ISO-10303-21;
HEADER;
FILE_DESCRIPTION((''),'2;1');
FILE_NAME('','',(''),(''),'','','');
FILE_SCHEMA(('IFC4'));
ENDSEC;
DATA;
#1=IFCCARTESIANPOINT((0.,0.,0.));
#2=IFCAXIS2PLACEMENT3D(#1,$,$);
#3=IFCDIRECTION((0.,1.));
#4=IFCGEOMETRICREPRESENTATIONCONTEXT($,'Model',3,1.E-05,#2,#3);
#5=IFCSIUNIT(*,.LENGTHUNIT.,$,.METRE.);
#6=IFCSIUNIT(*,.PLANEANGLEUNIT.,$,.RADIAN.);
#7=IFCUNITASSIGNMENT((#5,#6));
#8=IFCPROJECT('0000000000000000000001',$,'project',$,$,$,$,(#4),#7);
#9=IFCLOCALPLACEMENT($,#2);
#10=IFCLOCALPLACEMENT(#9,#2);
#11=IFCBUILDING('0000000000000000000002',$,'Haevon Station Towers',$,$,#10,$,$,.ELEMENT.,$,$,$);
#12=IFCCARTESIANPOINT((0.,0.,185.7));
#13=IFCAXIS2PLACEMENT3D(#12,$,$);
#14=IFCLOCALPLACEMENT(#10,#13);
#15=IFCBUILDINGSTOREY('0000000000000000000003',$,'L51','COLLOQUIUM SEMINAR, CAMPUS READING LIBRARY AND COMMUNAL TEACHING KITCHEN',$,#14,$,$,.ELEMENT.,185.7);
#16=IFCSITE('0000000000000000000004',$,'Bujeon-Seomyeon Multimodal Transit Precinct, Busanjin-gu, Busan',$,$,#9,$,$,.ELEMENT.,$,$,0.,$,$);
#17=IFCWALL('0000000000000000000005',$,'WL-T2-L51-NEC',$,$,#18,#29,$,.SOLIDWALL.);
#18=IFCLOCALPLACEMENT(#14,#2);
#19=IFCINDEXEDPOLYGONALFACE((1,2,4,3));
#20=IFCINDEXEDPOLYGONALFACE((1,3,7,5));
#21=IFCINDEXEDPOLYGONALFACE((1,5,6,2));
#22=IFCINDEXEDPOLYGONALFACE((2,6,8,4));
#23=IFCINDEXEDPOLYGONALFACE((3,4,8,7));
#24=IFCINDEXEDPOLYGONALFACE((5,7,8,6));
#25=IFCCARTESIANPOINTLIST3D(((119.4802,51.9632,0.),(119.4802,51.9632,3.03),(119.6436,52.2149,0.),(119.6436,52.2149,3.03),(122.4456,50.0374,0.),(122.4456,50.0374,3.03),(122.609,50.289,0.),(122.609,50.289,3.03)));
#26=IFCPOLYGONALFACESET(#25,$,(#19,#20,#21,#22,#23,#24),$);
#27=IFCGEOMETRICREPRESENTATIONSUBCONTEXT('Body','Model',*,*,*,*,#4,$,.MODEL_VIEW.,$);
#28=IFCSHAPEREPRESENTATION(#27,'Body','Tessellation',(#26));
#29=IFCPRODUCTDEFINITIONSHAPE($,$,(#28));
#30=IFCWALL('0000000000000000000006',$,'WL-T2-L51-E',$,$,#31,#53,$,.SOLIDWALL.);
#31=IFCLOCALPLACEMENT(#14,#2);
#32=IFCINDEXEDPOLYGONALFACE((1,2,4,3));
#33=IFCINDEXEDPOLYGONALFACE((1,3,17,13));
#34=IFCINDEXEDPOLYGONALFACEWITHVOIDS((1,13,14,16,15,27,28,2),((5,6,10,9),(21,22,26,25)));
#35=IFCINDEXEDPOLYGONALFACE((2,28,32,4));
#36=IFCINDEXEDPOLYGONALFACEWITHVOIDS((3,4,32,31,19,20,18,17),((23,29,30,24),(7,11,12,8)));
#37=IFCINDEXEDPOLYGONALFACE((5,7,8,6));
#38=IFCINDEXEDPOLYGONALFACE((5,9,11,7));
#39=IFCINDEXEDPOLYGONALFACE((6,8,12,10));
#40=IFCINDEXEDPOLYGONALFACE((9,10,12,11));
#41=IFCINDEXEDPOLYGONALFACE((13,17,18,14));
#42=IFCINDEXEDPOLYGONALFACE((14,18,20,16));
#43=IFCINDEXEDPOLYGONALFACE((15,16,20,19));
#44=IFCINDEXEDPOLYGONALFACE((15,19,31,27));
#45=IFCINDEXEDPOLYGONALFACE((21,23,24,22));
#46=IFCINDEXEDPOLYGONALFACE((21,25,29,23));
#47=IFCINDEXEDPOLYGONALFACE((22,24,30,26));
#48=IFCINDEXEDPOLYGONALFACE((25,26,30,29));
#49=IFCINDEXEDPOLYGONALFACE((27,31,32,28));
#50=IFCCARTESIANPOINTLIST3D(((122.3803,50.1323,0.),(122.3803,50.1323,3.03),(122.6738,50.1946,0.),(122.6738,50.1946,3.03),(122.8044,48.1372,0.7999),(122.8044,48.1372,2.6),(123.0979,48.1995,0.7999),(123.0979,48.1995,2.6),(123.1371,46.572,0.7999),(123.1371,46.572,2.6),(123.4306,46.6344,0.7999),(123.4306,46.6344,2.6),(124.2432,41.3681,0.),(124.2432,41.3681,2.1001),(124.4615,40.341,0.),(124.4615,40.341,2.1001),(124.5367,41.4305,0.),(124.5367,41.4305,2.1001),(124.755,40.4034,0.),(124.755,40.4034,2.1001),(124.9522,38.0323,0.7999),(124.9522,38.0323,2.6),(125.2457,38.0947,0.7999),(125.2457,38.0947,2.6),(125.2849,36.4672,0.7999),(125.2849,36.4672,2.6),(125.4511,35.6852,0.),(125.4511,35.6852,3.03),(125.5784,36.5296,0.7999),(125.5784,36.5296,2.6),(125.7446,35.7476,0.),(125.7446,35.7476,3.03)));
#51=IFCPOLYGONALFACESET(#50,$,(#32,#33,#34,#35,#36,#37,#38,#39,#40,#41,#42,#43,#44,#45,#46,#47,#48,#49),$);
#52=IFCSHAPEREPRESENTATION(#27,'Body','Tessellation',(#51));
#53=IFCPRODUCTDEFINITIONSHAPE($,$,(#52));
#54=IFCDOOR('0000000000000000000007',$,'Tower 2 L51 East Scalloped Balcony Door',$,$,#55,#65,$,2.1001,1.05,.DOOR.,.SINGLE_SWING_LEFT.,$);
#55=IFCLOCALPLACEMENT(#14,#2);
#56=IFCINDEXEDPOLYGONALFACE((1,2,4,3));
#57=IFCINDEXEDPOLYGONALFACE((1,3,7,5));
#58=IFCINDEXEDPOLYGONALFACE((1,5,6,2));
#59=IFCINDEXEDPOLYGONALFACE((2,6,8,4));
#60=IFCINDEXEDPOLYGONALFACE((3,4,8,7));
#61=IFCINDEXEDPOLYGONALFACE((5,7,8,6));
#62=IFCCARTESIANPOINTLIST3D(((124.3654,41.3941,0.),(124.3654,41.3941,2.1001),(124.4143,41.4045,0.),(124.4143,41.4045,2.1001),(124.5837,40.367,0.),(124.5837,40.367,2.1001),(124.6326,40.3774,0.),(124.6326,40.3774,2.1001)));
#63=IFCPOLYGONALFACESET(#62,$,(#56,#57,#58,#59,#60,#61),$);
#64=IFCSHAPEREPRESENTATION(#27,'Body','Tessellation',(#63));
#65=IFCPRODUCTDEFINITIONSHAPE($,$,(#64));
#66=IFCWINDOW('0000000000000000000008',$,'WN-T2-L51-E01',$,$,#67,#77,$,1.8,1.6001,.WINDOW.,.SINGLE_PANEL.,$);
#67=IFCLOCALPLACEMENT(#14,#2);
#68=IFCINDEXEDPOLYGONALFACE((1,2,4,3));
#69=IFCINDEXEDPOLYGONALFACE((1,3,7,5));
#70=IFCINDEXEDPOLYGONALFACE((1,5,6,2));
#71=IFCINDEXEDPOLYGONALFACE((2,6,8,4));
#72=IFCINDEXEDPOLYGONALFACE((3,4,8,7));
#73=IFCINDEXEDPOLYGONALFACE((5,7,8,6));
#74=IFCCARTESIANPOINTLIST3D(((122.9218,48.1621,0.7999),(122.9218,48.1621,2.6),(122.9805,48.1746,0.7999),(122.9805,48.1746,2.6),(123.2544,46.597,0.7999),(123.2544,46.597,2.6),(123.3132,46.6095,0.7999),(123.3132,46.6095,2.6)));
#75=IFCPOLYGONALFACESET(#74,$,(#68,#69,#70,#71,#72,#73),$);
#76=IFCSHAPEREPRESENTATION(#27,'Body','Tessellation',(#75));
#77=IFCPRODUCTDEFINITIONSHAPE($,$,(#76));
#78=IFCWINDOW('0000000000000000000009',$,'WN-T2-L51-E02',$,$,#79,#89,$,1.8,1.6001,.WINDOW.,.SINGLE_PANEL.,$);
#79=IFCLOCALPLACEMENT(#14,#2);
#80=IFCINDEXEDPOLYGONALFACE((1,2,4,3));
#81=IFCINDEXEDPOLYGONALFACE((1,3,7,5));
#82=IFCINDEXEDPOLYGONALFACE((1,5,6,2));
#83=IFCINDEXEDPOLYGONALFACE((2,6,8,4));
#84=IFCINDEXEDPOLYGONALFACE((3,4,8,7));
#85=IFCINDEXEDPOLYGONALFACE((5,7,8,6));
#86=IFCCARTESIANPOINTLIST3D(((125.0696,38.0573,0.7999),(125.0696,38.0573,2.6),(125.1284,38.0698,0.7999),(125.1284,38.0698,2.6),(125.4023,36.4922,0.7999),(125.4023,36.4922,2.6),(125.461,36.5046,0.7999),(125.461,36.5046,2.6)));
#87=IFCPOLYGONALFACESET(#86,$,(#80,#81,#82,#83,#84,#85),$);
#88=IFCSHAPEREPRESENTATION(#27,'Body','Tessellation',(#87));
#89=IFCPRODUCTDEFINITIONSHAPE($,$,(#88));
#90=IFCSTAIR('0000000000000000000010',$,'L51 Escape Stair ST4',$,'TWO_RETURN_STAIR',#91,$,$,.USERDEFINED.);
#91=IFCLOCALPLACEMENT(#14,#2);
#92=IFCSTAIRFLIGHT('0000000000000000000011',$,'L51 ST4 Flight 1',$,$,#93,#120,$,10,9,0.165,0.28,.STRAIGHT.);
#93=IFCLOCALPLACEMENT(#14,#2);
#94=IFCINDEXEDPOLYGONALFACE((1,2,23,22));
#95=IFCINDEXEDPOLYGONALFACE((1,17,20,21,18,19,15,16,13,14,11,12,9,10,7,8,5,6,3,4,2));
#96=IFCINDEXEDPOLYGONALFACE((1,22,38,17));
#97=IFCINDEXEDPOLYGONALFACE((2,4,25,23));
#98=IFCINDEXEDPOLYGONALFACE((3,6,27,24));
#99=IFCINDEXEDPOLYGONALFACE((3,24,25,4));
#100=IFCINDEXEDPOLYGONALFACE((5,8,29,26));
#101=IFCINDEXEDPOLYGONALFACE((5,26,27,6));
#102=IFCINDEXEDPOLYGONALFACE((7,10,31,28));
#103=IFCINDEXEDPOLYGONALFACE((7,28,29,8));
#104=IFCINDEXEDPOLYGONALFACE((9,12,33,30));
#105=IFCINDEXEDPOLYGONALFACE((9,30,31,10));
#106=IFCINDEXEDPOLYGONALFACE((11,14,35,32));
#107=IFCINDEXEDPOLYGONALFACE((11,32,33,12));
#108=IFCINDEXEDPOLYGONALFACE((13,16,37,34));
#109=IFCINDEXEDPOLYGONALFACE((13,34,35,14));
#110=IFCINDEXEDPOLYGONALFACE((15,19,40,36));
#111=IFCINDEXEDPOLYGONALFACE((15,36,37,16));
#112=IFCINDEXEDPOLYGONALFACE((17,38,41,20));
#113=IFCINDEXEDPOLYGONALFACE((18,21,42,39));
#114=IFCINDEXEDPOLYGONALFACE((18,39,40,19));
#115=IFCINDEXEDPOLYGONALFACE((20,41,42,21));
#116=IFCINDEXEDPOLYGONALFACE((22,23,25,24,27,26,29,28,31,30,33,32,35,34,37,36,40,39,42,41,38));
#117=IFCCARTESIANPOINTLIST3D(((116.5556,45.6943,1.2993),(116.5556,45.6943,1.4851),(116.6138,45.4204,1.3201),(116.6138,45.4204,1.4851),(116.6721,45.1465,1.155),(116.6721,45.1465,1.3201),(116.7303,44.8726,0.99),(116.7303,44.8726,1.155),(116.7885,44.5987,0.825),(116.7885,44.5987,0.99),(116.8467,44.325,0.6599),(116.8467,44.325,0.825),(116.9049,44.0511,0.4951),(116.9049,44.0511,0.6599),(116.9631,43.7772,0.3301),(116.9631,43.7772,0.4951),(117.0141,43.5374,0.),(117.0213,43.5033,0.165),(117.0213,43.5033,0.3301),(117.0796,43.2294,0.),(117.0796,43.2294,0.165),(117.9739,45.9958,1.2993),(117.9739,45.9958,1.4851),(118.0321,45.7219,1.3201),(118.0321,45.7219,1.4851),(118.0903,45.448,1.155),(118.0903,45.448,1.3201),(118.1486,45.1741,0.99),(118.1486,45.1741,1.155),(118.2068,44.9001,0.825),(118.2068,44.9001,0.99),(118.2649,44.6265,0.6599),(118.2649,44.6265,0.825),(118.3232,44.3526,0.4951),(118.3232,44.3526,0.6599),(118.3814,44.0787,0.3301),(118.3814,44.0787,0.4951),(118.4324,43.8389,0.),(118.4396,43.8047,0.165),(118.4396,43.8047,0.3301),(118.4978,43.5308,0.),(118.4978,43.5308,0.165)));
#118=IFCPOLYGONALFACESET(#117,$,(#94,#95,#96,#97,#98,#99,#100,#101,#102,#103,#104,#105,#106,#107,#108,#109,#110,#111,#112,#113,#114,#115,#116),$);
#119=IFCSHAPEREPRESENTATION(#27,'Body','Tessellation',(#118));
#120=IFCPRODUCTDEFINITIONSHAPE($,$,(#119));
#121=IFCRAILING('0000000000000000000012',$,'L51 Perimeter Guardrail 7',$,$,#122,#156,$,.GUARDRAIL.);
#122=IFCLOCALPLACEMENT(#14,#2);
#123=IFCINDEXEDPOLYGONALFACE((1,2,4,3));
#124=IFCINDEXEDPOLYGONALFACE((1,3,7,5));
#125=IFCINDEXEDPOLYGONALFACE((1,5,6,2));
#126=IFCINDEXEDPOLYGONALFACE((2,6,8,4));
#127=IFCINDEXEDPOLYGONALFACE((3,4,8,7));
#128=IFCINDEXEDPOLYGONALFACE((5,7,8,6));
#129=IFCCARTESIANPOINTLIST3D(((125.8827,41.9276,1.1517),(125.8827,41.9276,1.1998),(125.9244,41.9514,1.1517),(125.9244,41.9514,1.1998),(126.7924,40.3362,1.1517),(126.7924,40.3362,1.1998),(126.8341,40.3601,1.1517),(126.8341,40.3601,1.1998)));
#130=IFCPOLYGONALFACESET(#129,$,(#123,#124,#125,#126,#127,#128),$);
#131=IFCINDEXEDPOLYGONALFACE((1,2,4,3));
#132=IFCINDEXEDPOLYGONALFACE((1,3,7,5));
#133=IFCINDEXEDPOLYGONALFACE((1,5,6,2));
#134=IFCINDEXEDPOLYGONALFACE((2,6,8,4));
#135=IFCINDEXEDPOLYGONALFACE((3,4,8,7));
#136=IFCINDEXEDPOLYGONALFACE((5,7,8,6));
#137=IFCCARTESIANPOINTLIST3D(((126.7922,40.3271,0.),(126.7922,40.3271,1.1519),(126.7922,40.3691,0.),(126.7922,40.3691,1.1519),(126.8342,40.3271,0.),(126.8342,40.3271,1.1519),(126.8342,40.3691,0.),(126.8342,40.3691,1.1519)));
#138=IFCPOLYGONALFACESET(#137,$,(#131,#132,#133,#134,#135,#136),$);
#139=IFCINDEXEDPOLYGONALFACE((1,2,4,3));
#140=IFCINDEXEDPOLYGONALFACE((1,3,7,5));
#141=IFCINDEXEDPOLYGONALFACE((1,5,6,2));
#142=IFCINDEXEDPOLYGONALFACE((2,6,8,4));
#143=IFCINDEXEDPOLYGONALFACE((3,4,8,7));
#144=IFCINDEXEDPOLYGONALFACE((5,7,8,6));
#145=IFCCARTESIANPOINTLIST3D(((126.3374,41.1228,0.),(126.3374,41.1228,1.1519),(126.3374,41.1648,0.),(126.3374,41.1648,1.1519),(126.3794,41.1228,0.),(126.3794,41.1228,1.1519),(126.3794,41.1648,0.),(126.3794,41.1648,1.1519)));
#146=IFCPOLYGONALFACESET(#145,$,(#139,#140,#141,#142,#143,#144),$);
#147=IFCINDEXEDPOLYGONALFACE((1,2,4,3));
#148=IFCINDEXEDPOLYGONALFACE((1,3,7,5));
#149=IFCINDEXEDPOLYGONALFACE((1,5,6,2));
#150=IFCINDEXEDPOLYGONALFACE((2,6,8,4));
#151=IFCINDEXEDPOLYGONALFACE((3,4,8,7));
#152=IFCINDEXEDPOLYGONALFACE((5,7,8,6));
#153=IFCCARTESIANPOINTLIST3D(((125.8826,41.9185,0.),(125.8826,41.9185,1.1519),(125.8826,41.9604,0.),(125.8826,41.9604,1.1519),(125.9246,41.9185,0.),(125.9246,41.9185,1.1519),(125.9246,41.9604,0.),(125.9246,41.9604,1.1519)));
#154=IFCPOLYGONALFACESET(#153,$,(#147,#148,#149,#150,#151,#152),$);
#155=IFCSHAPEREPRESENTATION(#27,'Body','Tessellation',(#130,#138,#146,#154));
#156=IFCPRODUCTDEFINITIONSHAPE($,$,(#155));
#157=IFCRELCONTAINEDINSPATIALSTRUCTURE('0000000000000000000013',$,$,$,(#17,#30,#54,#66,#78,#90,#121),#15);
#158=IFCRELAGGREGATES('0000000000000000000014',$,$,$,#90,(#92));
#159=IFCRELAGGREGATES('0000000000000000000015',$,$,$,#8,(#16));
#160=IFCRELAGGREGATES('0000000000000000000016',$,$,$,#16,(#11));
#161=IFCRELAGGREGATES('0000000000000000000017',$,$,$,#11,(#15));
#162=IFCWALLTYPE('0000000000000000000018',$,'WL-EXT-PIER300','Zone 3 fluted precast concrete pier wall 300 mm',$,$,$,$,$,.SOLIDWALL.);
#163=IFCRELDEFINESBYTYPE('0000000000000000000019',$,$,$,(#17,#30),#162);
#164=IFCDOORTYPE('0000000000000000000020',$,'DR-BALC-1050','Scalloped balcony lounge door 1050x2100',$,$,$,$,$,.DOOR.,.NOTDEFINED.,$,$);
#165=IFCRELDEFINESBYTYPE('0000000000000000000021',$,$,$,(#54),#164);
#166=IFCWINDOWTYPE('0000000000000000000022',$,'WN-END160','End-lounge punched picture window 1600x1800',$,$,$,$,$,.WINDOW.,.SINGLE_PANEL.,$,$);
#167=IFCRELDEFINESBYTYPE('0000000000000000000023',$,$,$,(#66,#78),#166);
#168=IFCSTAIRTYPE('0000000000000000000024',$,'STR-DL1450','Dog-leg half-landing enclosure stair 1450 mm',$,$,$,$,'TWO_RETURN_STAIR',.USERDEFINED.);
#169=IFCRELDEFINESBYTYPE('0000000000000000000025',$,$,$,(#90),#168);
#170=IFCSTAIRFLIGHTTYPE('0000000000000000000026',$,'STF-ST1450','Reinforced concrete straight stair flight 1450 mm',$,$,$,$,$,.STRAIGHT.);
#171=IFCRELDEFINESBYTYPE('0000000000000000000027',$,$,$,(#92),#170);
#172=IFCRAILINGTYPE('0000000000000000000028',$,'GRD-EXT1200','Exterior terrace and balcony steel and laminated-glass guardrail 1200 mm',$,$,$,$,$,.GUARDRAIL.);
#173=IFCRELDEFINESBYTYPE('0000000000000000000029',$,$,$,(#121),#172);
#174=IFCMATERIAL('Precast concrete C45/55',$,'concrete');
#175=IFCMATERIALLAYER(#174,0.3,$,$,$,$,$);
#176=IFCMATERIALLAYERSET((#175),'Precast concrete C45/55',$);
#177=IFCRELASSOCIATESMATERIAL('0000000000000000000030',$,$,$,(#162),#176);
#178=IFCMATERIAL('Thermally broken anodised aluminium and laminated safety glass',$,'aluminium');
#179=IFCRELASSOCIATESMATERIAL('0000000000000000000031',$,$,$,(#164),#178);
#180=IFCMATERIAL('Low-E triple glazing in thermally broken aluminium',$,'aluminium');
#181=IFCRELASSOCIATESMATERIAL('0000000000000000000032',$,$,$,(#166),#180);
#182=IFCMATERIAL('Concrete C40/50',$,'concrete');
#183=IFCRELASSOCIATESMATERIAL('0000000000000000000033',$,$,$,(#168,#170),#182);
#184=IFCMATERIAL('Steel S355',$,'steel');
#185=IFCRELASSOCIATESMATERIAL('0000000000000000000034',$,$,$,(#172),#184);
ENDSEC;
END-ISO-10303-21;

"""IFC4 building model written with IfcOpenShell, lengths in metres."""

from ifc_helpers import new_model, si_unit, direction, frame, frame_2d, origin, origin_2d, place, context, subcontext, project, spatial, polyline, rectangle, outline, extrude, material, layer, layer_set, type_object, element, fill, aggregate, save


model = new_model("IFC4")

# Units and contexts
model_context = context("Model", 3, precision=1e-05, world=origin(), true_north=direction((0.0, 1.0)))
body_context = subcontext(model_context, "Body", "Model", "MODEL_VIEW")
ifc_project = project(units=[si_unit("LENGTHUNIT", "METRE"), si_unit("PLANEANGLEUNIT", "RADIAN")], contexts=[model_context])

# Site, building, storey
site_placement = place(None, origin())
site = spatial("IfcSite", under=ifc_project, at=site_placement, Name="Bujeon-Seomyeon Multimodal Transit Precinct, Busanjin-gu, Busan", CompositionType="ELEMENT", RefElevation=0.0)
building_placement = place(site_placement, origin())
building = spatial("IfcBuilding", under=site, at=building_placement, Name="Haevon Station Towers", CompositionType="ELEMENT")
storey_placement = place(building_placement, frame((0.0, 0.0, 185.7)))
storey = spatial("IfcBuildingStorey", under=building, at=storey_placement, Name="L51", Description="COLLOQUIUM SEMINAR, CAMPUS READING LIBRARY AND COMMUNAL TEACHING KITCHEN", CompositionType="ELEMENT", Elevation=185.7)

# Shared definitions
ifc_material_1 = material(Name="Steel S355", Category="steel")

# Wall
ifc_material_2 = material(Name="Precast concrete C45/55", Category="concrete")
ifc_layer_1 = layer(ifc_material_2, 0.3)
ifc_layer_set_1 = layer_set([ifc_layer_1], Name="Precast concrete C45/55")
wall_type_1 = type_object("IfcWallType", Name="WL-EXT-PIER300", Description="Zone 3 fluted precast concrete pier wall 300 mm", PredefinedType="SOLIDWALL", material=ifc_layer_set_1)
wall_1_placement = place(storey_placement, frame((119.5618, 52.0891, 0.0), z_axis=(0.0, 0.0, 1.0), x_axis=(0.838661, -0.544653, 0.0)))
element("IfcWall", 1, at=wall_1_placement, inside=storey, type_object=wall_type_1, Name="WL-T2-L51-NEC", PredefinedType="SOLIDWALL", context=body_context, shape_type="SweptSolid", body=[
    extrude(rectangle(XDim=3.5359, YDim=0.3, at=frame_2d((1.7681, 0.0))), origin(), (0.0, 0.0, 1.0), 3.03),
])

# Wall, openings, door, windows
wall_2_placement = place(storey_placement, frame((122.5271, 50.1633, 0.0), z_axis=(0.0, 0.0, 1.0), x_axis=(0.207911, -0.978148, 0.0)))
wall_2 = element("IfcWall", 2, at=wall_2_placement, inside=storey, type_object=wall_type_1, Name="WL-T2-L51-E", PredefinedType="SOLIDWALL", context=body_context, shape_type="SweptSolid", body=[
    extrude(rectangle(XDim=14.7698, YDim=0.3, at=frame_2d((7.3848, 0.0))), origin(), (0.0, 0.0, 1.0), 3.03),
])
opening_1_placement = place(wall_2_placement, frame((8.96, 0.0, 0.0)))
opening_1 = element("IfcOpeningElement", 3, at=opening_1_placement, cuts=wall_2, PredefinedType="OPENING", context=body_context, shape_type="SweptSolid", body=[
    extrude(rectangle(XDim=1.05, YDim=2.1001, at=frame_2d((0.5249, 1.05))), frame((0.0, 0.1599, 0.0), z_axis=(0.0, -1.0, 0.0), x_axis=(1.0, 0.0, 0.0)), (0.0, 0.0, 1.0), 0.3201),
])
opening_2_placement = place(wall_2_placement, frame((2.0396, 0.0, 0.8)))
opening_2 = element("IfcOpeningElement", 4, at=opening_2_placement, cuts=wall_2, PredefinedType="OPENING", context=body_context, shape_type="SweptSolid", body=[
    extrude(rectangle(XDim=1.6001, YDim=1.8, at=frame_2d((0.8, 0.8999))), frame((0.0, 0.1599, 0.0), z_axis=(0.0, -1.0, 0.0), x_axis=(1.0, 0.0, 0.0)), (0.0, 0.0, 1.0), 0.3201),
])
opening_3_placement = place(wall_2_placement, frame((12.3701, 0.0, 0.8)))
opening_3 = element("IfcOpeningElement", 5, at=opening_3_placement, cuts=wall_2, PredefinedType="OPENING", context=body_context, shape_type="SweptSolid", body=[
    extrude(rectangle(XDim=1.6001, YDim=1.8, at=frame_2d((0.8, 0.8999))), frame((0.0, 0.1599, 0.0), z_axis=(0.0, -1.0, 0.0), x_axis=(1.0, 0.0, 0.0)), (0.0, 0.0, 1.0), 0.3201),
])
ifc_material_3 = material(Name="Thermally broken anodised aluminium and laminated safety glass", Category="aluminium")
door_type = type_object("IfcDoorType", Name="DR-BALC-1050", Description="Scalloped balcony lounge door 1050x2100", OperationType="NOTDEFINED", PredefinedType="DOOR", material=ifc_material_3)
door_placement = place(opening_1_placement, origin())
door = element("IfcDoor", 6, at=door_placement, inside=storey, type_object=door_type, Name="Tower 2 L51 East Scalloped Balcony Door", OperationType="SINGLE_SWING_LEFT", OverallHeight=2.1001, OverallWidth=1.05, PredefinedType="DOOR", context=body_context, shape_type="SweptSolid", body=[
    extrude(rectangle(XDim=1.05, YDim=2.1001, at=frame_2d((0.5249, 1.05))), frame((0.0, 0.0249, 0.0), z_axis=(0.0, -1.0, 0.0), x_axis=(1.0, 0.0, 0.0)), (0.0, 0.0, 1.0), 0.05),
])
fill(opening_1, door)
ifc_material_4 = material(Name="Low-E triple glazing in thermally broken aluminium", Category="aluminium")
window_type = type_object("IfcWindowType", Name="WN-END160", Description="End-lounge punched picture window 1600x1800", PartitioningType="SINGLE_PANEL", PredefinedType="WINDOW", material=ifc_material_4)
window_1_placement = place(opening_2_placement, origin())
window_1 = element("IfcWindow", 7, at=window_1_placement, inside=storey, type_object=window_type, Name="WN-T2-L51-E01", OverallHeight=1.8, OverallWidth=1.6001, PartitioningType="SINGLE_PANEL", PredefinedType="WINDOW", context=body_context, shape_type="SweptSolid", body=[
    extrude(rectangle(XDim=1.6001, YDim=1.8, at=frame_2d((0.8, 0.8999))), frame((0.0, 0.03, 0.0), z_axis=(0.0, -1.0, 0.0), x_axis=(1.0, 0.0, 0.0)), (0.0, 0.0, 1.0), 0.0601),
])
fill(opening_2, window_1)
window_2_placement = place(opening_3_placement, origin())
window_2 = element("IfcWindow", 8, at=window_2_placement, inside=storey, type_object=window_type, Name="WN-T2-L51-E02", OverallHeight=1.8, OverallWidth=1.6001, PartitioningType="SINGLE_PANEL", PredefinedType="WINDOW", context=body_context, shape_type="SweptSolid", body=[
    extrude(rectangle(XDim=1.6001, YDim=1.8, at=frame_2d((0.8, 0.8999))), frame((0.0, 0.03, 0.0), z_axis=(0.0, -1.0, 0.0), x_axis=(1.0, 0.0, 0.0)), (0.0, 0.0, 1.0), 0.0601),
])
fill(opening_3, window_2)

# Stair, stair flight
ifc_material_5 = material(Name="Concrete C40/50", Category="concrete")
stair_type = type_object("IfcStairType", Name="STR-DL1450", Description="Dog-leg half-landing enclosure stair 1450 mm", ElementType="TWO_RETURN_STAIR", PredefinedType="USERDEFINED", material=ifc_material_5)
stair_placement = place(storey_placement, origin())
stair = element("IfcStair", 9, at=stair_placement, inside=storey, type_object=stair_type, Name="L51 Escape Stair ST4", ObjectType="TWO_RETURN_STAIR", PredefinedType="USERDEFINED")
stair_flight_type = type_object("IfcStairFlightType", Name="STF-ST1450", Description="Reinforced concrete straight stair flight 1450 mm", PredefinedType="STRAIGHT", material=ifc_material_5)
stair_flight_placement = place(storey_placement, frame((117.7888, 43.3801, 0.0), z_axis=(0.0, 0.0, 1.0), x_axis=(-0.207912, 0.978148, 0.0)))
stair_flight = element("IfcStairFlight", 10, at=stair_flight_placement, type_object=stair_flight_type, Name="L51 ST4 Flight 1", NumberOfRisers=10, NumberOfTreads=9, PredefinedType="STRAIGHT", RiserHeight=0.165, TreadLength=0.28, context=body_context, shape_type="SweptSolid", body=[
    extrude(outline(polyline([(0.0, 0.0), (0.0, 0.165), (0.28, 0.165), (0.28, 0.3301), (0.5601, 0.3301), (0.5601, 0.4951), (0.8401, 0.4951), (0.8401, 0.6599), (1.1201, 0.6599), (1.1201, 0.825), (1.3999, 0.825), (1.3999, 0.99), (1.6799, 0.99), (1.6799, 1.155), (1.96, 1.155), (1.96, 1.3201), (2.24, 1.3201), (2.24, 1.4851), (2.52, 1.4851), (2.52, 1.6499), (2.52, 1.2993), (0.3149, 0.0), (0.0, 0.0)])), frame((0.0, 0.7251, 0.0), z_axis=(0.0, -1.0, 0.0), x_axis=(1.0, 0.0, 0.0)), (0.0, 0.0, 1.0), 1.45),
])
aggregate(stair, [stair_flight])

# Railing
railing_type_1 = type_object("IfcRailingType", Name="GRD-EXT1200", Description="Exterior terrace and balcony steel and laminated-glass guardrail 1200 mm", PredefinedType="GUARDRAIL", material=ifc_material_1)
railing_1_placement = place(storey_placement, frame((126.8132, 40.3481, 0.0)))
element("IfcRailing", 11, at=railing_1_placement, inside=storey, type_object=railing_type_1, Name="L51 Perimeter Guardrail 7", PredefinedType="GUARDRAIL", context=body_context, shape_type="SweptSolid", body=[
    extrude(rectangle(XDim=0.0481, YDim=0.0481, at=origin_2d()), frame((0.0, 0.0, 1.1758), z_axis=(-0.496282, 0.868161, 0.0), x_axis=(-0.868161, -0.496282, 0.0)), (0.0, 0.0, 1.0), 1.833),
    extrude(rectangle(XDim=0.042, YDim=0.042, at=origin_2d()), origin(), (0.0, 0.0, 1.0), 1.1519),
    extrude(rectangle(XDim=0.042, YDim=0.042, at=origin_2d()), frame((-0.4548, 0.7957, 0.0)), (0.0, 0.0, 1.0), 1.1519),
    extrude(rectangle(XDim=0.042, YDim=0.042, at=origin_2d()), frame((-0.9097, 1.5913, 0.0)), (0.0, 0.0, 1.0), 1.1519),
])

save(model, "model.ifc")
